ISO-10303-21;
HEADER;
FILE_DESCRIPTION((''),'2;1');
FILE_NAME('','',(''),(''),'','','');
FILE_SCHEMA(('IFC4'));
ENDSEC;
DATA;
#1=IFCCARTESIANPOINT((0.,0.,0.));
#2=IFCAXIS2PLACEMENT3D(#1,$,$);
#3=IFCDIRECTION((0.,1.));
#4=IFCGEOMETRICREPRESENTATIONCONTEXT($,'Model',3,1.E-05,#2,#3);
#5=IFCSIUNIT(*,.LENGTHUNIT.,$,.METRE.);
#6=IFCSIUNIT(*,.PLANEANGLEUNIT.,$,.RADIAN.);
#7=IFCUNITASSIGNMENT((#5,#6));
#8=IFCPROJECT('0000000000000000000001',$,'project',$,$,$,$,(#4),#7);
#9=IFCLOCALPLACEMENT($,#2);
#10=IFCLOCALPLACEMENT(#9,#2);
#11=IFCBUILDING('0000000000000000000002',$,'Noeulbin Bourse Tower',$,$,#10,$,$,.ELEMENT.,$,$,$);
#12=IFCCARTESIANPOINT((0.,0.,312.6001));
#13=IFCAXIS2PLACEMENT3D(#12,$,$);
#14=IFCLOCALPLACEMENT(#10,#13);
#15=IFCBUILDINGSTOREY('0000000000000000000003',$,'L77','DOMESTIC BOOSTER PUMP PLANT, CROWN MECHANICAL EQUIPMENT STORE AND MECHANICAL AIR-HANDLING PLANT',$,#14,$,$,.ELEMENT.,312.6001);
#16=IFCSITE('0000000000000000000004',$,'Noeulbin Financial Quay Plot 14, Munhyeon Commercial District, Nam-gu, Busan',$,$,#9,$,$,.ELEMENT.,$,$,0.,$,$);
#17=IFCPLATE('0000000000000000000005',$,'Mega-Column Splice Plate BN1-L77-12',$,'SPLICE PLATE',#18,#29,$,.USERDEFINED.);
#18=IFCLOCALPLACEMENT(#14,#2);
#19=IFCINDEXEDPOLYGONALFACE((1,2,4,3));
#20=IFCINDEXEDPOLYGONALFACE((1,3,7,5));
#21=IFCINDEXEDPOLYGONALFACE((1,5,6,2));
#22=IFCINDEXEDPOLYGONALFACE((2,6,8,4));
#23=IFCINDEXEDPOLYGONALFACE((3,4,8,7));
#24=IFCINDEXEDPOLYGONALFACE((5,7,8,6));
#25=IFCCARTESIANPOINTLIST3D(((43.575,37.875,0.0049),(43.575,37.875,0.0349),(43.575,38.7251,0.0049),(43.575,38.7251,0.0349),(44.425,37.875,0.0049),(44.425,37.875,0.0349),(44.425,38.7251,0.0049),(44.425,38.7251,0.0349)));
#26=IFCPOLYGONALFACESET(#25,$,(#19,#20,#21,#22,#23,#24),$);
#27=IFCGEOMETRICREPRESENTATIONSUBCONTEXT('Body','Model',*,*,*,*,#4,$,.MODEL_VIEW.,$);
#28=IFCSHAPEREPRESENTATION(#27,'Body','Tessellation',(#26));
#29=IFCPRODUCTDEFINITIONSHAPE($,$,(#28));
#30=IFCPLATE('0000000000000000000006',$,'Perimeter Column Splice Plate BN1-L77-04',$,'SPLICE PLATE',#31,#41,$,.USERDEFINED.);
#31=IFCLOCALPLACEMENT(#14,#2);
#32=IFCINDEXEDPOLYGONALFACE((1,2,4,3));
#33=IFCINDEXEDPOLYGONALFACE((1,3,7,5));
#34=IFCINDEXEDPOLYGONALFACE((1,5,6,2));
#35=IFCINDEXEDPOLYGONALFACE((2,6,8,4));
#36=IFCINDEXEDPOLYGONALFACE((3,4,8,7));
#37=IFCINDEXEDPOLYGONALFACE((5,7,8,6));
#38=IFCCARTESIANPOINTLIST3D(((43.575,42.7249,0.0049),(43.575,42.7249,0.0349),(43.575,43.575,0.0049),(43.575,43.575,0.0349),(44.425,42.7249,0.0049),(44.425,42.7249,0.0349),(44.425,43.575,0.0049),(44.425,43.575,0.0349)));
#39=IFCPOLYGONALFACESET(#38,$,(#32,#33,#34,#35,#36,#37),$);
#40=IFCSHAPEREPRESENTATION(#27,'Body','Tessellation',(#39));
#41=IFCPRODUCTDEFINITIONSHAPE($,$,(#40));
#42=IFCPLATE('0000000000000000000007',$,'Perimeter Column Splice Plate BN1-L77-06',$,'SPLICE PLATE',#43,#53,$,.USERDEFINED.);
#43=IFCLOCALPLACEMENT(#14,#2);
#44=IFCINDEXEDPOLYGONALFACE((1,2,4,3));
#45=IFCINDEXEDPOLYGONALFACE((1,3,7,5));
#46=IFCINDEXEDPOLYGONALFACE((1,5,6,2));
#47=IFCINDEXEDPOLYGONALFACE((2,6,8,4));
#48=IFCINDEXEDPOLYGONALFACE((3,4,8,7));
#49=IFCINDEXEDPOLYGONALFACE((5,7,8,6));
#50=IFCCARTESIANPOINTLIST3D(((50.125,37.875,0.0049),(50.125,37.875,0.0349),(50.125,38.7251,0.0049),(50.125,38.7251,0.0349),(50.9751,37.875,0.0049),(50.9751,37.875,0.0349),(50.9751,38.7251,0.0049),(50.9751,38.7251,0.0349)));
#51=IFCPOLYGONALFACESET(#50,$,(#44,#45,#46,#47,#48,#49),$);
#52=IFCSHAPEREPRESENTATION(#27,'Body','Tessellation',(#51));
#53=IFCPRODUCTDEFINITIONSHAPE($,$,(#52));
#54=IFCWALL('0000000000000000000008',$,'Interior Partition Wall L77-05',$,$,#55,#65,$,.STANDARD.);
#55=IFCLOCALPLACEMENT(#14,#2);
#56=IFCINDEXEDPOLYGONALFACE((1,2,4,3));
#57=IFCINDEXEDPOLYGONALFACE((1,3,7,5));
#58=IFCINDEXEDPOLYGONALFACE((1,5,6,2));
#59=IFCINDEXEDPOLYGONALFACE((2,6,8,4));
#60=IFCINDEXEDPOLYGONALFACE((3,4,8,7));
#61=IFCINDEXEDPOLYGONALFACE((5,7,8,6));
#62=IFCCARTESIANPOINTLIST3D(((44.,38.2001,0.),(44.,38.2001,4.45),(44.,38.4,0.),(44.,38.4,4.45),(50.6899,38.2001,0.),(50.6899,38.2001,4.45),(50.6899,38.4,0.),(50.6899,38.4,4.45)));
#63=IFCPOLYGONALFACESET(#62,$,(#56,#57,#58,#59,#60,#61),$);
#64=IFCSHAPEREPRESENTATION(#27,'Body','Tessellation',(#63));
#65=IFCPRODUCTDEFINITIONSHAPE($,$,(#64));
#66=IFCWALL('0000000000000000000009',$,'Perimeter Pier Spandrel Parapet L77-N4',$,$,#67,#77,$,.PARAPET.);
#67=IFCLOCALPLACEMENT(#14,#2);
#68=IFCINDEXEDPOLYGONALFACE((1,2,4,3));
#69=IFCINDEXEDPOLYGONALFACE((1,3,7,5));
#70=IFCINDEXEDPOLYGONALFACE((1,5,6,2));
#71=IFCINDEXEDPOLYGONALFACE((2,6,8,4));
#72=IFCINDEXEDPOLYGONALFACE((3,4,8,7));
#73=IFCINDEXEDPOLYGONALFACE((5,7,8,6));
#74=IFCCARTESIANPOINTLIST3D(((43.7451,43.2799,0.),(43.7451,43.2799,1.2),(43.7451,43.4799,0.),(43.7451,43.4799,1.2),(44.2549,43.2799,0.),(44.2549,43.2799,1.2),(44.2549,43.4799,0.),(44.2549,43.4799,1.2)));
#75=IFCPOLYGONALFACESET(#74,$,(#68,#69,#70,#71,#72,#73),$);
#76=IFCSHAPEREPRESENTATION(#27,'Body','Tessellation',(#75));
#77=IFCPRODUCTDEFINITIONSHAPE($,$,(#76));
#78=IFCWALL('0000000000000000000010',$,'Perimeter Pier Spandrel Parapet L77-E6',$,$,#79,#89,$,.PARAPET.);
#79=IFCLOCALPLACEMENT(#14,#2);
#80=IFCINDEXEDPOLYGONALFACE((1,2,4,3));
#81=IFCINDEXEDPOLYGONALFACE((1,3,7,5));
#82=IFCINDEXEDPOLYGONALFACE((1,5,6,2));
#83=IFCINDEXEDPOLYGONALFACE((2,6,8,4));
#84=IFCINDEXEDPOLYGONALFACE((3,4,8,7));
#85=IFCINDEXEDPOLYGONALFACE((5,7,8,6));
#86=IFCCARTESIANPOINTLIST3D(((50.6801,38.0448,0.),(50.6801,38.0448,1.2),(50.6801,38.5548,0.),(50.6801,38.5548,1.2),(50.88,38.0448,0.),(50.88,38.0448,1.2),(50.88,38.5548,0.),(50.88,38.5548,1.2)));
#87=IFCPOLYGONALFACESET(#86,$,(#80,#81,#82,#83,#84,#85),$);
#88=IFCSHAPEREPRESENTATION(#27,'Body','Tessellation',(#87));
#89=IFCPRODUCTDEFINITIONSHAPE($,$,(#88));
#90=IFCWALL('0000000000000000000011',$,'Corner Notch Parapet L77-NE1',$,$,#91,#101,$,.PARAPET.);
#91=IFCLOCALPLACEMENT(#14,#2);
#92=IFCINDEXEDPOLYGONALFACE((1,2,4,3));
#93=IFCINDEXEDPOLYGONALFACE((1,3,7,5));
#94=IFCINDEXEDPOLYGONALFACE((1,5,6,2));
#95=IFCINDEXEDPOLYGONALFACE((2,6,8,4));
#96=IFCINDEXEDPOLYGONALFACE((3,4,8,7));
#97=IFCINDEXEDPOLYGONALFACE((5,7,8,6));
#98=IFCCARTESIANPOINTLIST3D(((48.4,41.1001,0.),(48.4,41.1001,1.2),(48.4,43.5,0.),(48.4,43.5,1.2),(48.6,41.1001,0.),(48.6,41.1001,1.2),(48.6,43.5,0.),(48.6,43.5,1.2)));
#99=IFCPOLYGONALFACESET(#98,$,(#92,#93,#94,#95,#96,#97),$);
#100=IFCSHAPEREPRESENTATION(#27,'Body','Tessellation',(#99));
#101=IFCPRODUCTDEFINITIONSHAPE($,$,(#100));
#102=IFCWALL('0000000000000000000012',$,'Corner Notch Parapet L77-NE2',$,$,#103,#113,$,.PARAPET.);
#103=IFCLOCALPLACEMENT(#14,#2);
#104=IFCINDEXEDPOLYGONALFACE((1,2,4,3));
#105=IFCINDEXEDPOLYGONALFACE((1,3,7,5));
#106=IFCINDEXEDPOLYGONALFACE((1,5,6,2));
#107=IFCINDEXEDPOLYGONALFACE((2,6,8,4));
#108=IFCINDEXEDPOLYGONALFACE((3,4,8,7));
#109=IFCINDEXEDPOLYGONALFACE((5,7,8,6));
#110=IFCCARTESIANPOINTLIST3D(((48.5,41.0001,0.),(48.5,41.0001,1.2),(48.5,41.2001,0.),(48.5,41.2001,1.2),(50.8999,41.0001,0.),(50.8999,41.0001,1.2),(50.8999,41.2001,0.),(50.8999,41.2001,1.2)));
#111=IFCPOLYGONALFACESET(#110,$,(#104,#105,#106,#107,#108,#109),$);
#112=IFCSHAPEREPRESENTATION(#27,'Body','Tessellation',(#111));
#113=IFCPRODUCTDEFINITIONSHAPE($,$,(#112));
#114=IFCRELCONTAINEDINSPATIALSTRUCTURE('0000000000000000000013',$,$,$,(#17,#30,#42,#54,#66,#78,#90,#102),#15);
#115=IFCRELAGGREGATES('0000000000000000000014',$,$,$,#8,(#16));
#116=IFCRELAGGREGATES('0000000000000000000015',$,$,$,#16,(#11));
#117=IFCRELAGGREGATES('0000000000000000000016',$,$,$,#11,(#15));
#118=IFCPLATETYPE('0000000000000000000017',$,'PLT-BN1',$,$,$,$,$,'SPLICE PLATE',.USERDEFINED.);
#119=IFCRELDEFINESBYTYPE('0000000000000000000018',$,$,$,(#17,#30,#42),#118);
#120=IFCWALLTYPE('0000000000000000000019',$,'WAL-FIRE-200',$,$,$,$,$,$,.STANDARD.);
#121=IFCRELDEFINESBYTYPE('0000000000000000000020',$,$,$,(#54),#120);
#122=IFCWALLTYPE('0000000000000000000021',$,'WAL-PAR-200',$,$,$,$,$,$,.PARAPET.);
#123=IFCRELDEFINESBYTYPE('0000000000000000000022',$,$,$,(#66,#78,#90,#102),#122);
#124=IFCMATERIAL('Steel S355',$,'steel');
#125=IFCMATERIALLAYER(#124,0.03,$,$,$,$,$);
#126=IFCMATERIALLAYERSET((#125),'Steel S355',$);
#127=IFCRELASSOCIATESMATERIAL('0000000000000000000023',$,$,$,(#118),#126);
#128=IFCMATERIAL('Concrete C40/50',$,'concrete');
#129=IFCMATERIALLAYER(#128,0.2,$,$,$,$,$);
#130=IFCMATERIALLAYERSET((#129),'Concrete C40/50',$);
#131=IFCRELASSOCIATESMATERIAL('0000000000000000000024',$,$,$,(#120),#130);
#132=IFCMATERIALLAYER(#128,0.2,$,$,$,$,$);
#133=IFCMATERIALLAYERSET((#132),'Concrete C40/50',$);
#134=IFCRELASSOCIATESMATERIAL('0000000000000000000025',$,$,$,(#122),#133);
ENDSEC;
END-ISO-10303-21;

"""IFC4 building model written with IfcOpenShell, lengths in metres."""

from ifc_helpers import new_model, si_unit, direction, frame, frame_2d, origin, origin_2d, place, context, subcontext, project, spatial, rectangle, extrude, material, layer, layer_set, type_object, element, save


model = new_model("IFC4")

# Units and contexts
model_context = context("Model", 3, precision=1e-05, world=origin(), true_north=direction((0.0, 1.0)))
body_context = subcontext(model_context, "Body", "Model", "MODEL_VIEW")
ifc_project = project(units=[si_unit("LENGTHUNIT", "METRE"), si_unit("PLANEANGLEUNIT", "RADIAN")], contexts=[model_context])

# Site, building, storey
site_placement = place(None, origin())
site = spatial("IfcSite", under=ifc_project, at=site_placement, Name="Noeulbin Financial Quay Plot 14, Munhyeon Commercial District, Nam-gu, Busan", CompositionType="ELEMENT", RefElevation=0.0)
building_placement = place(site_placement, origin())
building = spatial("IfcBuilding", under=site, at=building_placement, Name="Noeulbin Bourse Tower", CompositionType="ELEMENT")
storey_placement = place(building_placement, frame((0.0, 0.0, 312.6001)))
storey = spatial("IfcBuildingStorey", under=building, at=storey_placement, Name="L77", Description="DOMESTIC BOOSTER PUMP PLANT, CROWN MECHANICAL EQUIPMENT STORE AND MECHANICAL AIR-HANDLING PLANT", CompositionType="ELEMENT", Elevation=312.6001)

# Shared definitions
ifc_material_1 = material(Name="Steel S355", Category="steel")

# Plates
ifc_layer_1 = layer(ifc_material_1, 0.03)
ifc_layer_set_1 = layer_set([ifc_layer_1], Name="Steel S355")
plate_type_1 = type_object("IfcPlateType", Name="PLT-BN1", ElementType="SPLICE PLATE", PredefinedType="USERDEFINED", material=ifc_layer_set_1)
for number, where, z_axis, x_axis, name in (
    (1, (44.0, 38.3, 0.0049), (0.0, 0.0, 1.0), (1.0, 0.0, 0.0), "Mega-Column Splice Plate BN1-L77-12"),
    (2, (44.0, 43.1499, 0.0049), (0.0, 0.0, 1.0), (1.0, 0.0, 0.0), "Perimeter Column Splice Plate BN1-L77-04"),
    (3, (50.55, 38.3, 0.0049), (0.0, 0.0, 1.0), (1.0, 0.0, 0.0), "Perimeter Column Splice Plate BN1-L77-06"),
):
    element("IfcPlate", number, at=place(storey_placement, frame(where, z_axis=z_axis, x_axis=x_axis)), inside=storey, type_object=plate_type_1, Name=name, ObjectType="SPLICE PLATE", PredefinedType="USERDEFINED", context=body_context, shape_type="SweptSolid", body=[
        extrude(rectangle(XDim=0.8501, YDim=0.8501, at=origin_2d()), origin(), (0.0, 0.0, 1.0), 0.03),
    ])

# Walls
ifc_material_2 = material(Name="Concrete C40/50", Category="concrete")
ifc_layer_2 = layer(ifc_material_2, 0.2)
ifc_layer_set_2 = layer_set([ifc_layer_2], Name="Concrete C40/50")
wall_type_1 = type_object("IfcWallType", Name="WAL-FIRE-200", PredefinedType="STANDARD", material=ifc_layer_set_2)
wall_1_placement = place(storey_placement, frame((44.0, 38.3, 0.0), z_axis=(0.0, 0.0, 1.0), x_axis=(1.0, 0.0, 0.0)))
element("IfcWall", 4, at=wall_1_placement, inside=storey, type_object=wall_type_1, Name="Interior Partition Wall L77-05", PredefinedType="STANDARD", context=body_context, shape_type="SweptSolid", body=[
    extrude(rectangle(XDim=6.6899, YDim=0.2, at=frame_2d((3.345, 0.0))), origin(), (0.0, 0.0, 1.0), 4.45),
])
ifc_layer_3 = layer(ifc_material_2, 0.2)
ifc_layer_set_3 = layer_set([ifc_layer_3], Name="Concrete C40/50")
wall_type_2 = type_object("IfcWallType", Name="WAL-PAR-200", PredefinedType="PARAPET", material=ifc_layer_set_3)
wall_2_placement = place(storey_placement, frame((43.7451, 43.3799, 0.0), z_axis=(0.0, 0.0, 1.0), x_axis=(1.0, 0.0, 0.0)))
element("IfcWall", 5, at=wall_2_placement, inside=storey, type_object=wall_type_2, Name="Perimeter Pier Spandrel Parapet L77-N4", PredefinedType="PARAPET", context=body_context, shape_type="SweptSolid", body=[
    extrude(rectangle(XDim=0.5098, YDim=0.2, at=frame_2d((0.2549, 0.0))), origin(), (0.0, 0.0, 1.0), 1.2),
])
wall_3_placement = place(storey_placement, frame((50.78, 38.0449, 0.0), z_axis=(0.0, 0.0, 1.0), x_axis=(0.0, 1.0, 0.0)))
element("IfcWall", 6, at=wall_3_placement, inside=storey, type_object=wall_type_2, Name="Perimeter Pier Spandrel Parapet L77-E6", PredefinedType="PARAPET", context=body_context, shape_type="SweptSolid", body=[
    extrude(rectangle(XDim=0.51, YDim=0.2, at=frame_2d((0.2549, 0.0))), origin(), (0.0, 0.0, 1.0), 1.2),
])
for number, where, z_axis, x_axis, name in (
    (7, (48.5, 43.5, 0.0), (0.0, 0.0, 1.0), (0.0, -1.0, 0.0), "Corner Notch Parapet L77-NE1"),
    (8, (48.5, 41.1001, 0.0), (0.0, 0.0, 1.0), (1.0, 0.0, 0.0), "Corner Notch Parapet L77-NE2"),
):
    element("IfcWall", number, at=place(storey_placement, frame(where, z_axis=z_axis, x_axis=x_axis)), inside=storey, type_object=wall_type_2, Name=name, PredefinedType="PARAPET", context=body_context, shape_type="SweptSolid", body=[
        extrude(rectangle(XDim=2.3999, YDim=0.2, at=frame_2d((1.2, 0.0))), origin(), (0.0, 0.0, 1.0), 1.2),
    ])

save(model, "model.ifc")
